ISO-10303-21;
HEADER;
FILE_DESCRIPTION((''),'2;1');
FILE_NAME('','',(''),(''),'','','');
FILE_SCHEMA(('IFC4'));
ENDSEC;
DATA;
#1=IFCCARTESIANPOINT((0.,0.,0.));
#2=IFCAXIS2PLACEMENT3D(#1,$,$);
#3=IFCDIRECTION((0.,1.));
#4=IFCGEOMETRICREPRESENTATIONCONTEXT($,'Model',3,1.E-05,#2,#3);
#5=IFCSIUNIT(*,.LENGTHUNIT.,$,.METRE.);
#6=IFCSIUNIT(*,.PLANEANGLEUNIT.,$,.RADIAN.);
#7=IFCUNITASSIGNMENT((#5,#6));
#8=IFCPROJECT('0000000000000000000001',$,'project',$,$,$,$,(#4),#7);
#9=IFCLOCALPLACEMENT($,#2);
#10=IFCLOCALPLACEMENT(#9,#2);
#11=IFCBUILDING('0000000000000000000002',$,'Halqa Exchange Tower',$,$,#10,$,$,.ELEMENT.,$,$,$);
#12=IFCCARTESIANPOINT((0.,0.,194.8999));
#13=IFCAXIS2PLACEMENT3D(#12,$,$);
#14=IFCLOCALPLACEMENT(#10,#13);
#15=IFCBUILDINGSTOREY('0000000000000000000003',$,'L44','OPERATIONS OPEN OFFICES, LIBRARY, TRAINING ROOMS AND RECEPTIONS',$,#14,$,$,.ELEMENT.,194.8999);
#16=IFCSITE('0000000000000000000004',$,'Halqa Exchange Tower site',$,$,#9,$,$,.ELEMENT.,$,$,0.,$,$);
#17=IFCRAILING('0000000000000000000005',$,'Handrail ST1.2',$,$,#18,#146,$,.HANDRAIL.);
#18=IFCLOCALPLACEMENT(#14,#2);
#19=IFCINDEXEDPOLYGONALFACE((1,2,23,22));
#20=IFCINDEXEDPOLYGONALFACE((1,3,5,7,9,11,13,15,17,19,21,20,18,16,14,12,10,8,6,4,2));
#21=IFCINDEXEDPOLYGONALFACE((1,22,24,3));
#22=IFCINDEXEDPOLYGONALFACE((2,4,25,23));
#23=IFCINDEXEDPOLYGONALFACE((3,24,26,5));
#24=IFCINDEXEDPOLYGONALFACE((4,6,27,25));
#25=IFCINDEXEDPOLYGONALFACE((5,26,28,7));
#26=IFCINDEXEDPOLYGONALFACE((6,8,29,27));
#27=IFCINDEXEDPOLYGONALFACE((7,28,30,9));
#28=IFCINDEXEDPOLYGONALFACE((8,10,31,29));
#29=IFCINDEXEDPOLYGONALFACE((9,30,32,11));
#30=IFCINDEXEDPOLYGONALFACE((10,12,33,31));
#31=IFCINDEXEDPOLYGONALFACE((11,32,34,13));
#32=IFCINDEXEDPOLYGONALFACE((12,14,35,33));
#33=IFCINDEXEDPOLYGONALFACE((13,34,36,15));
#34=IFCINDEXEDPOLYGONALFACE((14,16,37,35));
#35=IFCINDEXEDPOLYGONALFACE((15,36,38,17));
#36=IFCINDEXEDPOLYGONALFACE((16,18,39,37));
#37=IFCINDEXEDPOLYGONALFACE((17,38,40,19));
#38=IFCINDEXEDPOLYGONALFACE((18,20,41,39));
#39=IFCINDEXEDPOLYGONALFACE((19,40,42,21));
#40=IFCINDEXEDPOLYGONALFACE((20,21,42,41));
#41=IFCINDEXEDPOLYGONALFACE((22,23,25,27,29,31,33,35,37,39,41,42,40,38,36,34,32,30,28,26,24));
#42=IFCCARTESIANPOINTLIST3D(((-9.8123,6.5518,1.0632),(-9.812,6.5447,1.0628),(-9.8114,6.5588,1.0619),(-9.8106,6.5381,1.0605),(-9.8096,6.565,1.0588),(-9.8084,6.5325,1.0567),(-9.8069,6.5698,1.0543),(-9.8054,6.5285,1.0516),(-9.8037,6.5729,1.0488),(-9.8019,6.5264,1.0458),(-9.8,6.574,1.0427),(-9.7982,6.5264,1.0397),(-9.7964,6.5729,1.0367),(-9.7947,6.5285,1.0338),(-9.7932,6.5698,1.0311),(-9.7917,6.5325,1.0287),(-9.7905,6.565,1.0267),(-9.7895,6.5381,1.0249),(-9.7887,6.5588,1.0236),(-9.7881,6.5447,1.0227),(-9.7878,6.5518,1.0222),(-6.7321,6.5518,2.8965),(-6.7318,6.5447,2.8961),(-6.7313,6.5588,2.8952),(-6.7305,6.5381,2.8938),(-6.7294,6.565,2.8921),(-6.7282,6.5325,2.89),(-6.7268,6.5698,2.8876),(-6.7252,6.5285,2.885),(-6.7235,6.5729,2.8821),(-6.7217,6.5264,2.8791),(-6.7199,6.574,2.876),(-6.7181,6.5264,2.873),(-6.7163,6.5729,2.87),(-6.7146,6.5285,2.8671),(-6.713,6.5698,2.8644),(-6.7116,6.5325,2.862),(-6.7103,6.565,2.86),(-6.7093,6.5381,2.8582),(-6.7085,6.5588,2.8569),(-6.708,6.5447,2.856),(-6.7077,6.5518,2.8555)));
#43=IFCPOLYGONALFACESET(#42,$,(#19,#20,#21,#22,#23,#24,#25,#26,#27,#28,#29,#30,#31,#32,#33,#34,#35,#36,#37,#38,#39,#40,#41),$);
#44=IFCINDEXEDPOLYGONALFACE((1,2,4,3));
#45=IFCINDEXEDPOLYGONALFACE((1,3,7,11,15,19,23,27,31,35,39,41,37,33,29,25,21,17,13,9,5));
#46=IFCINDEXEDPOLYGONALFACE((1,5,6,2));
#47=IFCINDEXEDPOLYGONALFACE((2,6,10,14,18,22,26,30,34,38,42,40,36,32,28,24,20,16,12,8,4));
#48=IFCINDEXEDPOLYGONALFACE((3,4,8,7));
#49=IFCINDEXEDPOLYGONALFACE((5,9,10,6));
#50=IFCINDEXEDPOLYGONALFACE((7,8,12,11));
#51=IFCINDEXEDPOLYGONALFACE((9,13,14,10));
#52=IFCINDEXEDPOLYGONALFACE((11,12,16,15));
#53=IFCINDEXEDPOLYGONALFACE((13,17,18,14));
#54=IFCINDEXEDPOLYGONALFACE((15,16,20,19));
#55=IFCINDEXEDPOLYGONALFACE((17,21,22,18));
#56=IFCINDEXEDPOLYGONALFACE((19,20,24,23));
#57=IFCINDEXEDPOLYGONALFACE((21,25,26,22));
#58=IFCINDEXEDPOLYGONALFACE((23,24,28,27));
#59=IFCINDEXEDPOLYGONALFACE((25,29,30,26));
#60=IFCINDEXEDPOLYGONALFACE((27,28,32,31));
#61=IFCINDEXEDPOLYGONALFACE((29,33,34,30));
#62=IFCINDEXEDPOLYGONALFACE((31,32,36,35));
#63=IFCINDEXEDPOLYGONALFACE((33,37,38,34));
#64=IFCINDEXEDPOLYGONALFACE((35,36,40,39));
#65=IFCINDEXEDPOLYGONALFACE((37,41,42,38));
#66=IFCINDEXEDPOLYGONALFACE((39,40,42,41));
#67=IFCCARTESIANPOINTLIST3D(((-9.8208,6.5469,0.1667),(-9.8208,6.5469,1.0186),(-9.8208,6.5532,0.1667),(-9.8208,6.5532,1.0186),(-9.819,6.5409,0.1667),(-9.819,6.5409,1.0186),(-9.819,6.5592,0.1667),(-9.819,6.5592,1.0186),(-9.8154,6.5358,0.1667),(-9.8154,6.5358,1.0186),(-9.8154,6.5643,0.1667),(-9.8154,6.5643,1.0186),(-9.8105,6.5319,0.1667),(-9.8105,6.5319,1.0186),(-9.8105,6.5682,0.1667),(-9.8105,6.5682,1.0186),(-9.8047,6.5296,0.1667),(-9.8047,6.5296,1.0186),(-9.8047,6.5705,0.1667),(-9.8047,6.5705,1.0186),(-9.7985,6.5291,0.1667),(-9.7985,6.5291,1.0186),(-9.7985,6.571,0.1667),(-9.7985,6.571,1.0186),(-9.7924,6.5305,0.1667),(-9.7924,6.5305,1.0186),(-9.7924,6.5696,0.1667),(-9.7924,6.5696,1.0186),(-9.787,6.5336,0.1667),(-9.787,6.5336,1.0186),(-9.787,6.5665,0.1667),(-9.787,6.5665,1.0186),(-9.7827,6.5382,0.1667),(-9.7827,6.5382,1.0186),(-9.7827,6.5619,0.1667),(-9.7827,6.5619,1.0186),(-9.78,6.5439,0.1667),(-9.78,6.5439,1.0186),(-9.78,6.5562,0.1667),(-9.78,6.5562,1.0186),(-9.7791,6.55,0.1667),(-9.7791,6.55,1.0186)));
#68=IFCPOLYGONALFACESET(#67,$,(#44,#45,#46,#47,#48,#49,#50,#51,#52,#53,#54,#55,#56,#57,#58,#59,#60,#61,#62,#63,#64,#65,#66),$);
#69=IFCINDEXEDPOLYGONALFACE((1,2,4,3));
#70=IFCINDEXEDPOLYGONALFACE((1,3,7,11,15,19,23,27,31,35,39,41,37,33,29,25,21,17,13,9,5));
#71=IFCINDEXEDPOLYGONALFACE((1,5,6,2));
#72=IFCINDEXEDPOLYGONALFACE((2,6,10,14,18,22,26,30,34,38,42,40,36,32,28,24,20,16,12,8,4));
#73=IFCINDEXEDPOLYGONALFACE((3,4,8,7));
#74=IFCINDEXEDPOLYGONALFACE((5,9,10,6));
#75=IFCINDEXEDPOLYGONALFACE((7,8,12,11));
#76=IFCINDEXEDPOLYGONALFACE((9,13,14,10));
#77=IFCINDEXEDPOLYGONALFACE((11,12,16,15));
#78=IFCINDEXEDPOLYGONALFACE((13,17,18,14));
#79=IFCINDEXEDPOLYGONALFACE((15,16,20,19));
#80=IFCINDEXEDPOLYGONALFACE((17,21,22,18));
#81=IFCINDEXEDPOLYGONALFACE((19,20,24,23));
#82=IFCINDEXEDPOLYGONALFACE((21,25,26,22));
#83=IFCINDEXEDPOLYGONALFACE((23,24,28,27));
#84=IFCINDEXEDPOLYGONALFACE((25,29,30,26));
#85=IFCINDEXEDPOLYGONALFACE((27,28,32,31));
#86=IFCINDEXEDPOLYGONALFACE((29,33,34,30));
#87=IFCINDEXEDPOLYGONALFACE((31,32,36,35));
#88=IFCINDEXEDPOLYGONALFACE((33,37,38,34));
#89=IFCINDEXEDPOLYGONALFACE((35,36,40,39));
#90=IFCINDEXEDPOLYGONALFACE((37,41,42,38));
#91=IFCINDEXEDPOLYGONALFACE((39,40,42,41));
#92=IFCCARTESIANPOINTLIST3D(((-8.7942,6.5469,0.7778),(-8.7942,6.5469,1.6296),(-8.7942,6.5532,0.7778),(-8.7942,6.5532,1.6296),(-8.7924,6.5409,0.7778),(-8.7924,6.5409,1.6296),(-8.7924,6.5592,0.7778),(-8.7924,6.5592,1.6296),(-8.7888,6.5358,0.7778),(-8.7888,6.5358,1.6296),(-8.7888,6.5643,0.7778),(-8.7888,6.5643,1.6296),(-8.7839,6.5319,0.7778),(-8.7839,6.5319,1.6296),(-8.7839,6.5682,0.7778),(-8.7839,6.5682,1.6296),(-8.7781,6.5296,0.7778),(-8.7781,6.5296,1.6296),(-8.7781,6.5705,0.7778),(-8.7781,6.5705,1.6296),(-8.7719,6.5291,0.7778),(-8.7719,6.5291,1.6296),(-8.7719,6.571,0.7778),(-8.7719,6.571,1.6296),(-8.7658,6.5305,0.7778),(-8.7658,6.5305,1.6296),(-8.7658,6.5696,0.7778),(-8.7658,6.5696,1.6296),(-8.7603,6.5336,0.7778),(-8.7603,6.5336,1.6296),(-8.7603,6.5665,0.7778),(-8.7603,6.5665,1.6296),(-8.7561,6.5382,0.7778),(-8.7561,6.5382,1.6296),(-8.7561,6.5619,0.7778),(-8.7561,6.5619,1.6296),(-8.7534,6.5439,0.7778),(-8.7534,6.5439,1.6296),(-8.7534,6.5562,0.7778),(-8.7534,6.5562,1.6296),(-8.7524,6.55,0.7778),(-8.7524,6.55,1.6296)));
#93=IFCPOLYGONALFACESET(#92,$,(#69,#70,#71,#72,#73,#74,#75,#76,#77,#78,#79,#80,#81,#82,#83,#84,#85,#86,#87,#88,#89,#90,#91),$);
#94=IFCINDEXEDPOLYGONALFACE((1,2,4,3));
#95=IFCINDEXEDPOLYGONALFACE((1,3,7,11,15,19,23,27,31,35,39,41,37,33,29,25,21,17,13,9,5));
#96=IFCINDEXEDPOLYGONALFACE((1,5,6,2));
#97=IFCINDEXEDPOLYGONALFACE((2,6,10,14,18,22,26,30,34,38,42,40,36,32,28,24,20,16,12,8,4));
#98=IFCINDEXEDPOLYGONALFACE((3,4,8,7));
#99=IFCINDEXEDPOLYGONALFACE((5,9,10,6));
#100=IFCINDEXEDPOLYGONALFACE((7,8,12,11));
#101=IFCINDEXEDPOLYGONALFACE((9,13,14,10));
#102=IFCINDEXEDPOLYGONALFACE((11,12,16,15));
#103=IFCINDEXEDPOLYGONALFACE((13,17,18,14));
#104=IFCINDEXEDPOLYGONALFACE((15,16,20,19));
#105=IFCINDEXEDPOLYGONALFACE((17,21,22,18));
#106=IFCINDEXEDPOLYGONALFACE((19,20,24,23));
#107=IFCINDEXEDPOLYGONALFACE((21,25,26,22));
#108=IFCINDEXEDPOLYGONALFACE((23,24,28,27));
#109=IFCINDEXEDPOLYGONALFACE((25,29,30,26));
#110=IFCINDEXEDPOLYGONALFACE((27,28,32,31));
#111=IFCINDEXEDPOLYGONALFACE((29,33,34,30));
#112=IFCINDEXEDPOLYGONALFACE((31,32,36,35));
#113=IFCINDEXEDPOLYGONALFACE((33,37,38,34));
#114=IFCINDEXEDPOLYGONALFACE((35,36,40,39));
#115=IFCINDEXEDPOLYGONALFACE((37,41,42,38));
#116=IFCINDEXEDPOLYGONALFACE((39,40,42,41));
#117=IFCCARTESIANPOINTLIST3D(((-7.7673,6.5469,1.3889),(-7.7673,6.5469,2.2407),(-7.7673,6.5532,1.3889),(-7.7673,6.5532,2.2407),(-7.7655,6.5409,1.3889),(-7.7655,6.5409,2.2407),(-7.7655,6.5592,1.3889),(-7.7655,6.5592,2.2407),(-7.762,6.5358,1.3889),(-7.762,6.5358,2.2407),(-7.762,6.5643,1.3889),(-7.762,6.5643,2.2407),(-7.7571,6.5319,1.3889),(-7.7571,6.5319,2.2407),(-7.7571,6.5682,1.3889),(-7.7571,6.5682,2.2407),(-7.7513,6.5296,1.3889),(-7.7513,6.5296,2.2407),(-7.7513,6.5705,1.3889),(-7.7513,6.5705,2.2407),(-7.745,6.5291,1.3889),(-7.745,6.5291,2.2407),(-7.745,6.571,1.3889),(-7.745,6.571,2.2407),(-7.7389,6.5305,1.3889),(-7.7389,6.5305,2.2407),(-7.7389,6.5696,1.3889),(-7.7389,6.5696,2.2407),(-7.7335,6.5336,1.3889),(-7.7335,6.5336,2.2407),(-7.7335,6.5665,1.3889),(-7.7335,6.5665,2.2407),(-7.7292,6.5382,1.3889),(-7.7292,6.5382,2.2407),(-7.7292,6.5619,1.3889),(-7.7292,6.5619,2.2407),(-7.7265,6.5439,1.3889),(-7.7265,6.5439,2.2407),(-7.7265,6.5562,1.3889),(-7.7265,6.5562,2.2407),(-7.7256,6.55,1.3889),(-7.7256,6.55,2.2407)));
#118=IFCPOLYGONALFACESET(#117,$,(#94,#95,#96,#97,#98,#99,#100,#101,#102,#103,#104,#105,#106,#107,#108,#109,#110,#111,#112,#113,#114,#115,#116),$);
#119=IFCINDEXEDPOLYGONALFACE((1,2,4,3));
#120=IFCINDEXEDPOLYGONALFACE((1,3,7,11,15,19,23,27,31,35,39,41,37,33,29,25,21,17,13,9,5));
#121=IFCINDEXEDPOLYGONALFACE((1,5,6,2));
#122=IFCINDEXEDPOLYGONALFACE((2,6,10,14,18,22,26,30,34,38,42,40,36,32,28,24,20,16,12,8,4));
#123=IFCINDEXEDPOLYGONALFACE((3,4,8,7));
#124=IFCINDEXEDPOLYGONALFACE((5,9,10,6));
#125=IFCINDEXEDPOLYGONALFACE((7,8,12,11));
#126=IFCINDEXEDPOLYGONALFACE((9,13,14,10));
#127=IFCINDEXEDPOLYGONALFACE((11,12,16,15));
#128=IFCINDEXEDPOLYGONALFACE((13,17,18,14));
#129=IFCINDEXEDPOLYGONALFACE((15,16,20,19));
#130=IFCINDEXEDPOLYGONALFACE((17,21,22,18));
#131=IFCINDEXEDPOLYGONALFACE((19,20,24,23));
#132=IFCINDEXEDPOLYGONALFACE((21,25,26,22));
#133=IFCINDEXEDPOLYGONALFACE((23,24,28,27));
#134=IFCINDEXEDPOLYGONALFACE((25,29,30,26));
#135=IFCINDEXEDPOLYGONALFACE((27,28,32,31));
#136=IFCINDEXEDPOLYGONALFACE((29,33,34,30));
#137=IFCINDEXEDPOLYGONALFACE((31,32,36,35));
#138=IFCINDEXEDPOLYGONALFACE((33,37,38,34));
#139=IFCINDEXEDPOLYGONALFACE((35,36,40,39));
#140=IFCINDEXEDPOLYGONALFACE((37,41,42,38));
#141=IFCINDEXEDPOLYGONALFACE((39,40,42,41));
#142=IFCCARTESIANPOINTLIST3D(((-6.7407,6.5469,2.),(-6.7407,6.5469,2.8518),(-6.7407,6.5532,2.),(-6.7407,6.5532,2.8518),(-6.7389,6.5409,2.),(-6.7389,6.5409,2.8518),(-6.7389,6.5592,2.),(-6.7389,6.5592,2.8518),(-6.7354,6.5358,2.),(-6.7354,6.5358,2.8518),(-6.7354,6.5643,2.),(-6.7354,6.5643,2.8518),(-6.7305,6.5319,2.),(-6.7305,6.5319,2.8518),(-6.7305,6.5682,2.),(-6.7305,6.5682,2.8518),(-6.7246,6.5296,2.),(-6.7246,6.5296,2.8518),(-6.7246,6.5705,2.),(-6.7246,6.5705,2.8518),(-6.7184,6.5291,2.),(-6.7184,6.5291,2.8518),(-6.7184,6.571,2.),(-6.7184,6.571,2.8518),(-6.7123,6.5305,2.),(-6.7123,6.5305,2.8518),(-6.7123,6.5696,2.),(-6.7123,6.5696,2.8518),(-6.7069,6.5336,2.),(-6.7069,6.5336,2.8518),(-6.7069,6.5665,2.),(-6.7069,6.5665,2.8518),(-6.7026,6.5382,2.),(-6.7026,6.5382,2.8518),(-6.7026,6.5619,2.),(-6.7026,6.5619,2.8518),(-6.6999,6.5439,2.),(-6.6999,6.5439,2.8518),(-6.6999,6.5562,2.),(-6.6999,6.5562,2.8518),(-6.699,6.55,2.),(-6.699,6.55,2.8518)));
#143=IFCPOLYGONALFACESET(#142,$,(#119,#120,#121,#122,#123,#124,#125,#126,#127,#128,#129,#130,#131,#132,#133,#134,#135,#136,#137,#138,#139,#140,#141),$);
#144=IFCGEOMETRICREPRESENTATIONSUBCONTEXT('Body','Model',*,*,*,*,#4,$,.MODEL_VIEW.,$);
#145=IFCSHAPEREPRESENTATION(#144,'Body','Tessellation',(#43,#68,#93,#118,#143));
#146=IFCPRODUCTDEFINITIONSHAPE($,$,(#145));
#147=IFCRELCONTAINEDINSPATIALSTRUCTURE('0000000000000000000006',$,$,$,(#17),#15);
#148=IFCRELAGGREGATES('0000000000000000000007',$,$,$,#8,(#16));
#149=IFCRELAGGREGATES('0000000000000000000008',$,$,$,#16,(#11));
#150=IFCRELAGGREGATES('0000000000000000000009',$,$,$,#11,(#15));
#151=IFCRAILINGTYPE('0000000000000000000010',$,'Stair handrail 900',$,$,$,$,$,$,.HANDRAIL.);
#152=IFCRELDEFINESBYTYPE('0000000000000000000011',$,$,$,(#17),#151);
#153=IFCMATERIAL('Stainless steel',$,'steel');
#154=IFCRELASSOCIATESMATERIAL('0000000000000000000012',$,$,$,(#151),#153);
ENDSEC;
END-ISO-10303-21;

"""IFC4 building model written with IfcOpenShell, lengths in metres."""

from ifc_helpers import new_model, si_unit, direction, frame, origin, origin_2d, place, context, subcontext, project, spatial, circle, extrude, material, type_object, element, save


model = new_model("IFC4")

# Units and contexts
model_context = context("Model", 3, precision=1e-05, world=origin(), true_north=direction((0.0, 1.0)))
body_context = subcontext(model_context, "Body", "Model", "MODEL_VIEW")
ifc_project = project(units=[si_unit("LENGTHUNIT", "METRE"), si_unit("PLANEANGLEUNIT", "RADIAN")], contexts=[model_context])

# Site, building, storey
site_placement = place(None, origin())
site = spatial("IfcSite", under=ifc_project, at=site_placement, Name="Halqa Exchange Tower site", CompositionType="ELEMENT", RefElevation=0.0)
building_placement = place(site_placement, origin())
building = spatial("IfcBuilding", under=site, at=building_placement, Name="Halqa Exchange Tower", CompositionType="ELEMENT")
storey_placement = place(building_placement, frame((0.0, 0.0, 194.8999)))
storey = spatial("IfcBuildingStorey", under=building, at=storey_placement, Name="L44", Description="OPERATIONS OPEN OFFICES, LIBRARY, TRAINING ROOMS AND RECEPTIONS", CompositionType="ELEMENT", Elevation=194.8999)

# Shared definitions
ifc_material_1 = material(Name="Stainless steel", Category="steel")

# Railing
railing_type_1 = type_object("IfcRailingType", Name="Stair handrail 900", PredefinedType="HANDRAIL", material=ifc_material_1)
railing_1_placement = place(storey_placement, frame((-9.8, 6.55, 0.1667)))
element("IfcRailing", 1, at=railing_1_placement, inside=storey, type_object=railing_type_1, Name="Handrail ST1.2", PredefinedType="HANDRAIL", context=body_context, shape_type="SweptSolid", body=[
    extrude(circle(Radius=0.0239, at=origin_2d()), frame((0.0, 0.0, 0.876), z_axis=(0.859309, 0.0, 0.511458), x_axis=(0.0, 1.0, 0.0)), (0.0, 0.0, 1.0), 3.5845),
    extrude(circle(Radius=0.021, at=origin_2d()), origin(), (0.0, 0.0, 1.0), 0.8518),
    extrude(circle(Radius=0.021, at=origin_2d()), frame((1.0266, 0.0, 0.6111)), (0.0, 0.0, 1.0), 0.8518),
    extrude(circle(Radius=0.021, at=origin_2d()), frame((2.0535, 0.0, 1.2222)), (0.0, 0.0, 1.0), 0.8518),
    extrude(circle(Radius=0.021, at=origin_2d()), frame((3.0801, 0.0, 1.8333)), (0.0, 0.0, 1.0), 0.8518),
])

save(model, "model.ifc")
